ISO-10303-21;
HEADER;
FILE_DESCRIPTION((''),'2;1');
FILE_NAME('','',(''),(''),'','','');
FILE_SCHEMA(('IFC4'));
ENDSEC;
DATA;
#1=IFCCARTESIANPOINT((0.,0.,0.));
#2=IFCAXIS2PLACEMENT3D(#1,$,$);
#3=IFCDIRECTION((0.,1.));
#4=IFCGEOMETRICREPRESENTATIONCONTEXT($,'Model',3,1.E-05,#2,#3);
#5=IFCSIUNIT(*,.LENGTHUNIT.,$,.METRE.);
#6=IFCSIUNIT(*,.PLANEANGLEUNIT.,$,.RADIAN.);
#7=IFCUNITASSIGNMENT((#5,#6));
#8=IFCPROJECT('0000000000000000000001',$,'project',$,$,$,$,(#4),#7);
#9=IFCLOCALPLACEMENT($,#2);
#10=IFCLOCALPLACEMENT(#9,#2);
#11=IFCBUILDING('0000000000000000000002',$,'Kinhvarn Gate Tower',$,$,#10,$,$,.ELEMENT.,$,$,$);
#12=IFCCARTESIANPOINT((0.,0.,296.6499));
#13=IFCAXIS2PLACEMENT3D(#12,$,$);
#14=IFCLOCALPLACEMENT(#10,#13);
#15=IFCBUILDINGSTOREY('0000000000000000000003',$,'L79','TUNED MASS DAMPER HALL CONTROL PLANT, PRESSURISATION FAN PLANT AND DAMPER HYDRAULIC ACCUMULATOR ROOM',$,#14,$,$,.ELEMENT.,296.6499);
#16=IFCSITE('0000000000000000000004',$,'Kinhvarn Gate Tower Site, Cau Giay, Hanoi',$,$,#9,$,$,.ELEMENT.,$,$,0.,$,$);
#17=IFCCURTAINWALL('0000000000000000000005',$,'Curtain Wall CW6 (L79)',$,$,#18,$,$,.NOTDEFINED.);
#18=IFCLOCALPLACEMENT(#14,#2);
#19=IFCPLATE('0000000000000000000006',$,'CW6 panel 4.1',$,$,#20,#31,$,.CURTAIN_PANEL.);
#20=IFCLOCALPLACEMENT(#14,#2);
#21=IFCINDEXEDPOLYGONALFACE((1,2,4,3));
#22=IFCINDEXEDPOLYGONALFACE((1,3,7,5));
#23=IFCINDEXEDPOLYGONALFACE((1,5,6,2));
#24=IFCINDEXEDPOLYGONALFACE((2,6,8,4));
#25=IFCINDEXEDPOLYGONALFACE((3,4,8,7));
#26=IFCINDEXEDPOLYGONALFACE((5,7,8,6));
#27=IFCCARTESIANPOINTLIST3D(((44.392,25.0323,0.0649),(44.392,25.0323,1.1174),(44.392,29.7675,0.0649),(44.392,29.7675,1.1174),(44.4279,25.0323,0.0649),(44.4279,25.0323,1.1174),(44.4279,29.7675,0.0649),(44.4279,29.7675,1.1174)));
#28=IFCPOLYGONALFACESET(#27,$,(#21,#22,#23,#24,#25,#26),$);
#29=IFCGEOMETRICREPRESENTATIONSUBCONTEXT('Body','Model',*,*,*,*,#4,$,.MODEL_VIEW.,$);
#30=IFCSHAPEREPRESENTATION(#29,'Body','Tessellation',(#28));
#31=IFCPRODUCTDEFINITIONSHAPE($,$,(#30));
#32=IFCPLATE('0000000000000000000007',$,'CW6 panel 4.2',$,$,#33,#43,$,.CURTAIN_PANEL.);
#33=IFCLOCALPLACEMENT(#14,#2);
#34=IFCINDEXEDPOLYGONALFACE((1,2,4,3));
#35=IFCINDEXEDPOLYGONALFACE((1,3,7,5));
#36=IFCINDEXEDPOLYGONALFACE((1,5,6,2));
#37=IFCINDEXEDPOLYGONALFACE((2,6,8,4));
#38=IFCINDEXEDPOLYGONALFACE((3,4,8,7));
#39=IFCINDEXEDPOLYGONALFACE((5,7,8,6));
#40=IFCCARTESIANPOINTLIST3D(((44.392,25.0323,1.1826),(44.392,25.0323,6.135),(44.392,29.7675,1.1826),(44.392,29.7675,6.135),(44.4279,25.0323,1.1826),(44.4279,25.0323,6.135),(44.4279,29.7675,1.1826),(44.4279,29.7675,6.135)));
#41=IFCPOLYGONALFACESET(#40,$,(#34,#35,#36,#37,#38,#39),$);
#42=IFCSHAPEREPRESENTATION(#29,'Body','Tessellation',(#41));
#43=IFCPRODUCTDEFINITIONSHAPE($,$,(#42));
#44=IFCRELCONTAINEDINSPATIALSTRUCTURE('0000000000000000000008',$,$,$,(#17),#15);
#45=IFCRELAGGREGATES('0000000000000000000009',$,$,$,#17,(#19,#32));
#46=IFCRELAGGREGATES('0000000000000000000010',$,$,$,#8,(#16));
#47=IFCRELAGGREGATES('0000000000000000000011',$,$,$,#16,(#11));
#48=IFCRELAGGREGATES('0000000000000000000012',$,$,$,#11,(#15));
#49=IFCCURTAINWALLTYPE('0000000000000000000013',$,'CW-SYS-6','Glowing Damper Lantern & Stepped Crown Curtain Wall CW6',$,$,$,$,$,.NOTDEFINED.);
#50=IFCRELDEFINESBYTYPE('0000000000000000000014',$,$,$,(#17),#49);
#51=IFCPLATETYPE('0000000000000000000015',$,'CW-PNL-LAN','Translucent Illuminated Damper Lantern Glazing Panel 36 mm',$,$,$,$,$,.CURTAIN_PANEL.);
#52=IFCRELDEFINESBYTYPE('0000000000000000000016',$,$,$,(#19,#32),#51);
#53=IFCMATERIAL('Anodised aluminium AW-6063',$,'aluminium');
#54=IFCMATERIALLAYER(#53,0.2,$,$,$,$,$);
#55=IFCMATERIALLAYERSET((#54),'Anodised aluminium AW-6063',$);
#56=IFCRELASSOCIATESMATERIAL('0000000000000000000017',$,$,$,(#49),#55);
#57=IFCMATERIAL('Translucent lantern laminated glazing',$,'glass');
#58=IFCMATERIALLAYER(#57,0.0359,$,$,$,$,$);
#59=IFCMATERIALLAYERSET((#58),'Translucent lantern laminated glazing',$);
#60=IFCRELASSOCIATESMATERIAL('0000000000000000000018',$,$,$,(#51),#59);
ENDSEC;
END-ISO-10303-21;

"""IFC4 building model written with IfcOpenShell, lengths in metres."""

from ifc_helpers import new_model, si_unit, direction, frame, origin, origin_2d, place, context, subcontext, project, spatial, rectangle, extrude, material, layer, layer_set, type_object, element, aggregate, save


model = new_model("IFC4")

# Units and contexts
model_context = context("Model", 3, precision=1e-05, world=origin(), true_north=direction((0.0, 1.0)))
body_context = subcontext(model_context, "Body", "Model", "MODEL_VIEW")
ifc_project = project(units=[si_unit("LENGTHUNIT", "METRE"), si_unit("PLANEANGLEUNIT", "RADIAN")], contexts=[model_context])

# Site, building, storey
site_placement = place(None, origin())
site = spatial("IfcSite", under=ifc_project, at=site_placement, Name="Kinhvarn Gate Tower Site, Cau Giay, Hanoi", CompositionType="ELEMENT", RefElevation=0.0)
building_placement = place(site_placement, origin())
building = spatial("IfcBuilding", under=site, at=building_placement, Name="Kinhvarn Gate Tower", CompositionType="ELEMENT")
storey_placement = place(building_placement, frame((0.0, 0.0, 296.6499)))
storey = spatial("IfcBuildingStorey", under=building, at=storey_placement, Name="L79", Description="TUNED MASS DAMPER HALL CONTROL PLANT, PRESSURISATION FAN PLANT AND DAMPER HYDRAULIC ACCUMULATOR ROOM", CompositionType="ELEMENT", Elevation=296.6499)

# Curtain wall
ifc_material_1 = material(Name="Anodised aluminium AW-6063", Category="aluminium")
ifc_layer_1 = layer(ifc_material_1, 0.2)
ifc_layer_set_1 = layer_set([ifc_layer_1], Name="Anodised aluminium AW-6063")
curtain_wall_type = type_object("IfcCurtainWallType", Name="CW-SYS-6", Description="Glowing Damper Lantern & Stepped Crown Curtain Wall CW6", PredefinedType="NOTDEFINED", material=ifc_layer_set_1)
curtain_wall_placement = place(storey_placement, origin())
curtain_wall = element("IfcCurtainWall", 1, at=curtain_wall_placement, inside=storey, type_object=curtain_wall_type, Name="Curtain Wall CW6 (L79)", PredefinedType="NOTDEFINED")

# Plates
ifc_material_2 = material(Name="Translucent lantern laminated glazing", Category="glass")
ifc_layer_2 = layer(ifc_material_2, 0.0359)
ifc_layer_set_2 = layer_set([ifc_layer_2], Name="Translucent lantern laminated glazing")
plate_type = type_object("IfcPlateType", Name="CW-PNL-LAN", Description="Translucent Illuminated Damper Lantern Glazing Panel 36 mm", PredefinedType="CURTAIN_PANEL", material=ifc_layer_set_2)
plate_1_placement = place(storey_placement, frame((44.4099, 27.3999, 0.0649), z_axis=(0.0, 0.0, 1.0), x_axis=(0.0, 1.0, 0.0)))
plate_1 = element("IfcPlate", 2, at=plate_1_placement, type_object=plate_type, Name="CW6 panel 4.1", PredefinedType="CURTAIN_PANEL", context=body_context, shape_type="SweptSolid", body=[
    extrude(rectangle(XDim=4.7351, YDim=0.0359, at=origin_2d()), origin(), (0.0, 0.0, 1.0), 1.0525),
])
plate_2_placement = place(storey_placement, frame((44.4099, 27.3999, 1.1826), z_axis=(0.0, 0.0, 1.0), x_axis=(0.0, 1.0, 0.0)))
plate_2 = element("IfcPlate", 3, at=plate_2_placement, type_object=plate_type, Name="CW6 panel 4.2", PredefinedType="CURTAIN_PANEL", context=body_context, shape_type="SweptSolid", body=[
    extrude(rectangle(XDim=4.7351, YDim=0.0359, at=origin_2d()), origin(), (0.0, 0.0, 1.0), 4.9524),
])
aggregate(curtain_wall, [plate_1, plate_2])

save(model, "model.ifc")
